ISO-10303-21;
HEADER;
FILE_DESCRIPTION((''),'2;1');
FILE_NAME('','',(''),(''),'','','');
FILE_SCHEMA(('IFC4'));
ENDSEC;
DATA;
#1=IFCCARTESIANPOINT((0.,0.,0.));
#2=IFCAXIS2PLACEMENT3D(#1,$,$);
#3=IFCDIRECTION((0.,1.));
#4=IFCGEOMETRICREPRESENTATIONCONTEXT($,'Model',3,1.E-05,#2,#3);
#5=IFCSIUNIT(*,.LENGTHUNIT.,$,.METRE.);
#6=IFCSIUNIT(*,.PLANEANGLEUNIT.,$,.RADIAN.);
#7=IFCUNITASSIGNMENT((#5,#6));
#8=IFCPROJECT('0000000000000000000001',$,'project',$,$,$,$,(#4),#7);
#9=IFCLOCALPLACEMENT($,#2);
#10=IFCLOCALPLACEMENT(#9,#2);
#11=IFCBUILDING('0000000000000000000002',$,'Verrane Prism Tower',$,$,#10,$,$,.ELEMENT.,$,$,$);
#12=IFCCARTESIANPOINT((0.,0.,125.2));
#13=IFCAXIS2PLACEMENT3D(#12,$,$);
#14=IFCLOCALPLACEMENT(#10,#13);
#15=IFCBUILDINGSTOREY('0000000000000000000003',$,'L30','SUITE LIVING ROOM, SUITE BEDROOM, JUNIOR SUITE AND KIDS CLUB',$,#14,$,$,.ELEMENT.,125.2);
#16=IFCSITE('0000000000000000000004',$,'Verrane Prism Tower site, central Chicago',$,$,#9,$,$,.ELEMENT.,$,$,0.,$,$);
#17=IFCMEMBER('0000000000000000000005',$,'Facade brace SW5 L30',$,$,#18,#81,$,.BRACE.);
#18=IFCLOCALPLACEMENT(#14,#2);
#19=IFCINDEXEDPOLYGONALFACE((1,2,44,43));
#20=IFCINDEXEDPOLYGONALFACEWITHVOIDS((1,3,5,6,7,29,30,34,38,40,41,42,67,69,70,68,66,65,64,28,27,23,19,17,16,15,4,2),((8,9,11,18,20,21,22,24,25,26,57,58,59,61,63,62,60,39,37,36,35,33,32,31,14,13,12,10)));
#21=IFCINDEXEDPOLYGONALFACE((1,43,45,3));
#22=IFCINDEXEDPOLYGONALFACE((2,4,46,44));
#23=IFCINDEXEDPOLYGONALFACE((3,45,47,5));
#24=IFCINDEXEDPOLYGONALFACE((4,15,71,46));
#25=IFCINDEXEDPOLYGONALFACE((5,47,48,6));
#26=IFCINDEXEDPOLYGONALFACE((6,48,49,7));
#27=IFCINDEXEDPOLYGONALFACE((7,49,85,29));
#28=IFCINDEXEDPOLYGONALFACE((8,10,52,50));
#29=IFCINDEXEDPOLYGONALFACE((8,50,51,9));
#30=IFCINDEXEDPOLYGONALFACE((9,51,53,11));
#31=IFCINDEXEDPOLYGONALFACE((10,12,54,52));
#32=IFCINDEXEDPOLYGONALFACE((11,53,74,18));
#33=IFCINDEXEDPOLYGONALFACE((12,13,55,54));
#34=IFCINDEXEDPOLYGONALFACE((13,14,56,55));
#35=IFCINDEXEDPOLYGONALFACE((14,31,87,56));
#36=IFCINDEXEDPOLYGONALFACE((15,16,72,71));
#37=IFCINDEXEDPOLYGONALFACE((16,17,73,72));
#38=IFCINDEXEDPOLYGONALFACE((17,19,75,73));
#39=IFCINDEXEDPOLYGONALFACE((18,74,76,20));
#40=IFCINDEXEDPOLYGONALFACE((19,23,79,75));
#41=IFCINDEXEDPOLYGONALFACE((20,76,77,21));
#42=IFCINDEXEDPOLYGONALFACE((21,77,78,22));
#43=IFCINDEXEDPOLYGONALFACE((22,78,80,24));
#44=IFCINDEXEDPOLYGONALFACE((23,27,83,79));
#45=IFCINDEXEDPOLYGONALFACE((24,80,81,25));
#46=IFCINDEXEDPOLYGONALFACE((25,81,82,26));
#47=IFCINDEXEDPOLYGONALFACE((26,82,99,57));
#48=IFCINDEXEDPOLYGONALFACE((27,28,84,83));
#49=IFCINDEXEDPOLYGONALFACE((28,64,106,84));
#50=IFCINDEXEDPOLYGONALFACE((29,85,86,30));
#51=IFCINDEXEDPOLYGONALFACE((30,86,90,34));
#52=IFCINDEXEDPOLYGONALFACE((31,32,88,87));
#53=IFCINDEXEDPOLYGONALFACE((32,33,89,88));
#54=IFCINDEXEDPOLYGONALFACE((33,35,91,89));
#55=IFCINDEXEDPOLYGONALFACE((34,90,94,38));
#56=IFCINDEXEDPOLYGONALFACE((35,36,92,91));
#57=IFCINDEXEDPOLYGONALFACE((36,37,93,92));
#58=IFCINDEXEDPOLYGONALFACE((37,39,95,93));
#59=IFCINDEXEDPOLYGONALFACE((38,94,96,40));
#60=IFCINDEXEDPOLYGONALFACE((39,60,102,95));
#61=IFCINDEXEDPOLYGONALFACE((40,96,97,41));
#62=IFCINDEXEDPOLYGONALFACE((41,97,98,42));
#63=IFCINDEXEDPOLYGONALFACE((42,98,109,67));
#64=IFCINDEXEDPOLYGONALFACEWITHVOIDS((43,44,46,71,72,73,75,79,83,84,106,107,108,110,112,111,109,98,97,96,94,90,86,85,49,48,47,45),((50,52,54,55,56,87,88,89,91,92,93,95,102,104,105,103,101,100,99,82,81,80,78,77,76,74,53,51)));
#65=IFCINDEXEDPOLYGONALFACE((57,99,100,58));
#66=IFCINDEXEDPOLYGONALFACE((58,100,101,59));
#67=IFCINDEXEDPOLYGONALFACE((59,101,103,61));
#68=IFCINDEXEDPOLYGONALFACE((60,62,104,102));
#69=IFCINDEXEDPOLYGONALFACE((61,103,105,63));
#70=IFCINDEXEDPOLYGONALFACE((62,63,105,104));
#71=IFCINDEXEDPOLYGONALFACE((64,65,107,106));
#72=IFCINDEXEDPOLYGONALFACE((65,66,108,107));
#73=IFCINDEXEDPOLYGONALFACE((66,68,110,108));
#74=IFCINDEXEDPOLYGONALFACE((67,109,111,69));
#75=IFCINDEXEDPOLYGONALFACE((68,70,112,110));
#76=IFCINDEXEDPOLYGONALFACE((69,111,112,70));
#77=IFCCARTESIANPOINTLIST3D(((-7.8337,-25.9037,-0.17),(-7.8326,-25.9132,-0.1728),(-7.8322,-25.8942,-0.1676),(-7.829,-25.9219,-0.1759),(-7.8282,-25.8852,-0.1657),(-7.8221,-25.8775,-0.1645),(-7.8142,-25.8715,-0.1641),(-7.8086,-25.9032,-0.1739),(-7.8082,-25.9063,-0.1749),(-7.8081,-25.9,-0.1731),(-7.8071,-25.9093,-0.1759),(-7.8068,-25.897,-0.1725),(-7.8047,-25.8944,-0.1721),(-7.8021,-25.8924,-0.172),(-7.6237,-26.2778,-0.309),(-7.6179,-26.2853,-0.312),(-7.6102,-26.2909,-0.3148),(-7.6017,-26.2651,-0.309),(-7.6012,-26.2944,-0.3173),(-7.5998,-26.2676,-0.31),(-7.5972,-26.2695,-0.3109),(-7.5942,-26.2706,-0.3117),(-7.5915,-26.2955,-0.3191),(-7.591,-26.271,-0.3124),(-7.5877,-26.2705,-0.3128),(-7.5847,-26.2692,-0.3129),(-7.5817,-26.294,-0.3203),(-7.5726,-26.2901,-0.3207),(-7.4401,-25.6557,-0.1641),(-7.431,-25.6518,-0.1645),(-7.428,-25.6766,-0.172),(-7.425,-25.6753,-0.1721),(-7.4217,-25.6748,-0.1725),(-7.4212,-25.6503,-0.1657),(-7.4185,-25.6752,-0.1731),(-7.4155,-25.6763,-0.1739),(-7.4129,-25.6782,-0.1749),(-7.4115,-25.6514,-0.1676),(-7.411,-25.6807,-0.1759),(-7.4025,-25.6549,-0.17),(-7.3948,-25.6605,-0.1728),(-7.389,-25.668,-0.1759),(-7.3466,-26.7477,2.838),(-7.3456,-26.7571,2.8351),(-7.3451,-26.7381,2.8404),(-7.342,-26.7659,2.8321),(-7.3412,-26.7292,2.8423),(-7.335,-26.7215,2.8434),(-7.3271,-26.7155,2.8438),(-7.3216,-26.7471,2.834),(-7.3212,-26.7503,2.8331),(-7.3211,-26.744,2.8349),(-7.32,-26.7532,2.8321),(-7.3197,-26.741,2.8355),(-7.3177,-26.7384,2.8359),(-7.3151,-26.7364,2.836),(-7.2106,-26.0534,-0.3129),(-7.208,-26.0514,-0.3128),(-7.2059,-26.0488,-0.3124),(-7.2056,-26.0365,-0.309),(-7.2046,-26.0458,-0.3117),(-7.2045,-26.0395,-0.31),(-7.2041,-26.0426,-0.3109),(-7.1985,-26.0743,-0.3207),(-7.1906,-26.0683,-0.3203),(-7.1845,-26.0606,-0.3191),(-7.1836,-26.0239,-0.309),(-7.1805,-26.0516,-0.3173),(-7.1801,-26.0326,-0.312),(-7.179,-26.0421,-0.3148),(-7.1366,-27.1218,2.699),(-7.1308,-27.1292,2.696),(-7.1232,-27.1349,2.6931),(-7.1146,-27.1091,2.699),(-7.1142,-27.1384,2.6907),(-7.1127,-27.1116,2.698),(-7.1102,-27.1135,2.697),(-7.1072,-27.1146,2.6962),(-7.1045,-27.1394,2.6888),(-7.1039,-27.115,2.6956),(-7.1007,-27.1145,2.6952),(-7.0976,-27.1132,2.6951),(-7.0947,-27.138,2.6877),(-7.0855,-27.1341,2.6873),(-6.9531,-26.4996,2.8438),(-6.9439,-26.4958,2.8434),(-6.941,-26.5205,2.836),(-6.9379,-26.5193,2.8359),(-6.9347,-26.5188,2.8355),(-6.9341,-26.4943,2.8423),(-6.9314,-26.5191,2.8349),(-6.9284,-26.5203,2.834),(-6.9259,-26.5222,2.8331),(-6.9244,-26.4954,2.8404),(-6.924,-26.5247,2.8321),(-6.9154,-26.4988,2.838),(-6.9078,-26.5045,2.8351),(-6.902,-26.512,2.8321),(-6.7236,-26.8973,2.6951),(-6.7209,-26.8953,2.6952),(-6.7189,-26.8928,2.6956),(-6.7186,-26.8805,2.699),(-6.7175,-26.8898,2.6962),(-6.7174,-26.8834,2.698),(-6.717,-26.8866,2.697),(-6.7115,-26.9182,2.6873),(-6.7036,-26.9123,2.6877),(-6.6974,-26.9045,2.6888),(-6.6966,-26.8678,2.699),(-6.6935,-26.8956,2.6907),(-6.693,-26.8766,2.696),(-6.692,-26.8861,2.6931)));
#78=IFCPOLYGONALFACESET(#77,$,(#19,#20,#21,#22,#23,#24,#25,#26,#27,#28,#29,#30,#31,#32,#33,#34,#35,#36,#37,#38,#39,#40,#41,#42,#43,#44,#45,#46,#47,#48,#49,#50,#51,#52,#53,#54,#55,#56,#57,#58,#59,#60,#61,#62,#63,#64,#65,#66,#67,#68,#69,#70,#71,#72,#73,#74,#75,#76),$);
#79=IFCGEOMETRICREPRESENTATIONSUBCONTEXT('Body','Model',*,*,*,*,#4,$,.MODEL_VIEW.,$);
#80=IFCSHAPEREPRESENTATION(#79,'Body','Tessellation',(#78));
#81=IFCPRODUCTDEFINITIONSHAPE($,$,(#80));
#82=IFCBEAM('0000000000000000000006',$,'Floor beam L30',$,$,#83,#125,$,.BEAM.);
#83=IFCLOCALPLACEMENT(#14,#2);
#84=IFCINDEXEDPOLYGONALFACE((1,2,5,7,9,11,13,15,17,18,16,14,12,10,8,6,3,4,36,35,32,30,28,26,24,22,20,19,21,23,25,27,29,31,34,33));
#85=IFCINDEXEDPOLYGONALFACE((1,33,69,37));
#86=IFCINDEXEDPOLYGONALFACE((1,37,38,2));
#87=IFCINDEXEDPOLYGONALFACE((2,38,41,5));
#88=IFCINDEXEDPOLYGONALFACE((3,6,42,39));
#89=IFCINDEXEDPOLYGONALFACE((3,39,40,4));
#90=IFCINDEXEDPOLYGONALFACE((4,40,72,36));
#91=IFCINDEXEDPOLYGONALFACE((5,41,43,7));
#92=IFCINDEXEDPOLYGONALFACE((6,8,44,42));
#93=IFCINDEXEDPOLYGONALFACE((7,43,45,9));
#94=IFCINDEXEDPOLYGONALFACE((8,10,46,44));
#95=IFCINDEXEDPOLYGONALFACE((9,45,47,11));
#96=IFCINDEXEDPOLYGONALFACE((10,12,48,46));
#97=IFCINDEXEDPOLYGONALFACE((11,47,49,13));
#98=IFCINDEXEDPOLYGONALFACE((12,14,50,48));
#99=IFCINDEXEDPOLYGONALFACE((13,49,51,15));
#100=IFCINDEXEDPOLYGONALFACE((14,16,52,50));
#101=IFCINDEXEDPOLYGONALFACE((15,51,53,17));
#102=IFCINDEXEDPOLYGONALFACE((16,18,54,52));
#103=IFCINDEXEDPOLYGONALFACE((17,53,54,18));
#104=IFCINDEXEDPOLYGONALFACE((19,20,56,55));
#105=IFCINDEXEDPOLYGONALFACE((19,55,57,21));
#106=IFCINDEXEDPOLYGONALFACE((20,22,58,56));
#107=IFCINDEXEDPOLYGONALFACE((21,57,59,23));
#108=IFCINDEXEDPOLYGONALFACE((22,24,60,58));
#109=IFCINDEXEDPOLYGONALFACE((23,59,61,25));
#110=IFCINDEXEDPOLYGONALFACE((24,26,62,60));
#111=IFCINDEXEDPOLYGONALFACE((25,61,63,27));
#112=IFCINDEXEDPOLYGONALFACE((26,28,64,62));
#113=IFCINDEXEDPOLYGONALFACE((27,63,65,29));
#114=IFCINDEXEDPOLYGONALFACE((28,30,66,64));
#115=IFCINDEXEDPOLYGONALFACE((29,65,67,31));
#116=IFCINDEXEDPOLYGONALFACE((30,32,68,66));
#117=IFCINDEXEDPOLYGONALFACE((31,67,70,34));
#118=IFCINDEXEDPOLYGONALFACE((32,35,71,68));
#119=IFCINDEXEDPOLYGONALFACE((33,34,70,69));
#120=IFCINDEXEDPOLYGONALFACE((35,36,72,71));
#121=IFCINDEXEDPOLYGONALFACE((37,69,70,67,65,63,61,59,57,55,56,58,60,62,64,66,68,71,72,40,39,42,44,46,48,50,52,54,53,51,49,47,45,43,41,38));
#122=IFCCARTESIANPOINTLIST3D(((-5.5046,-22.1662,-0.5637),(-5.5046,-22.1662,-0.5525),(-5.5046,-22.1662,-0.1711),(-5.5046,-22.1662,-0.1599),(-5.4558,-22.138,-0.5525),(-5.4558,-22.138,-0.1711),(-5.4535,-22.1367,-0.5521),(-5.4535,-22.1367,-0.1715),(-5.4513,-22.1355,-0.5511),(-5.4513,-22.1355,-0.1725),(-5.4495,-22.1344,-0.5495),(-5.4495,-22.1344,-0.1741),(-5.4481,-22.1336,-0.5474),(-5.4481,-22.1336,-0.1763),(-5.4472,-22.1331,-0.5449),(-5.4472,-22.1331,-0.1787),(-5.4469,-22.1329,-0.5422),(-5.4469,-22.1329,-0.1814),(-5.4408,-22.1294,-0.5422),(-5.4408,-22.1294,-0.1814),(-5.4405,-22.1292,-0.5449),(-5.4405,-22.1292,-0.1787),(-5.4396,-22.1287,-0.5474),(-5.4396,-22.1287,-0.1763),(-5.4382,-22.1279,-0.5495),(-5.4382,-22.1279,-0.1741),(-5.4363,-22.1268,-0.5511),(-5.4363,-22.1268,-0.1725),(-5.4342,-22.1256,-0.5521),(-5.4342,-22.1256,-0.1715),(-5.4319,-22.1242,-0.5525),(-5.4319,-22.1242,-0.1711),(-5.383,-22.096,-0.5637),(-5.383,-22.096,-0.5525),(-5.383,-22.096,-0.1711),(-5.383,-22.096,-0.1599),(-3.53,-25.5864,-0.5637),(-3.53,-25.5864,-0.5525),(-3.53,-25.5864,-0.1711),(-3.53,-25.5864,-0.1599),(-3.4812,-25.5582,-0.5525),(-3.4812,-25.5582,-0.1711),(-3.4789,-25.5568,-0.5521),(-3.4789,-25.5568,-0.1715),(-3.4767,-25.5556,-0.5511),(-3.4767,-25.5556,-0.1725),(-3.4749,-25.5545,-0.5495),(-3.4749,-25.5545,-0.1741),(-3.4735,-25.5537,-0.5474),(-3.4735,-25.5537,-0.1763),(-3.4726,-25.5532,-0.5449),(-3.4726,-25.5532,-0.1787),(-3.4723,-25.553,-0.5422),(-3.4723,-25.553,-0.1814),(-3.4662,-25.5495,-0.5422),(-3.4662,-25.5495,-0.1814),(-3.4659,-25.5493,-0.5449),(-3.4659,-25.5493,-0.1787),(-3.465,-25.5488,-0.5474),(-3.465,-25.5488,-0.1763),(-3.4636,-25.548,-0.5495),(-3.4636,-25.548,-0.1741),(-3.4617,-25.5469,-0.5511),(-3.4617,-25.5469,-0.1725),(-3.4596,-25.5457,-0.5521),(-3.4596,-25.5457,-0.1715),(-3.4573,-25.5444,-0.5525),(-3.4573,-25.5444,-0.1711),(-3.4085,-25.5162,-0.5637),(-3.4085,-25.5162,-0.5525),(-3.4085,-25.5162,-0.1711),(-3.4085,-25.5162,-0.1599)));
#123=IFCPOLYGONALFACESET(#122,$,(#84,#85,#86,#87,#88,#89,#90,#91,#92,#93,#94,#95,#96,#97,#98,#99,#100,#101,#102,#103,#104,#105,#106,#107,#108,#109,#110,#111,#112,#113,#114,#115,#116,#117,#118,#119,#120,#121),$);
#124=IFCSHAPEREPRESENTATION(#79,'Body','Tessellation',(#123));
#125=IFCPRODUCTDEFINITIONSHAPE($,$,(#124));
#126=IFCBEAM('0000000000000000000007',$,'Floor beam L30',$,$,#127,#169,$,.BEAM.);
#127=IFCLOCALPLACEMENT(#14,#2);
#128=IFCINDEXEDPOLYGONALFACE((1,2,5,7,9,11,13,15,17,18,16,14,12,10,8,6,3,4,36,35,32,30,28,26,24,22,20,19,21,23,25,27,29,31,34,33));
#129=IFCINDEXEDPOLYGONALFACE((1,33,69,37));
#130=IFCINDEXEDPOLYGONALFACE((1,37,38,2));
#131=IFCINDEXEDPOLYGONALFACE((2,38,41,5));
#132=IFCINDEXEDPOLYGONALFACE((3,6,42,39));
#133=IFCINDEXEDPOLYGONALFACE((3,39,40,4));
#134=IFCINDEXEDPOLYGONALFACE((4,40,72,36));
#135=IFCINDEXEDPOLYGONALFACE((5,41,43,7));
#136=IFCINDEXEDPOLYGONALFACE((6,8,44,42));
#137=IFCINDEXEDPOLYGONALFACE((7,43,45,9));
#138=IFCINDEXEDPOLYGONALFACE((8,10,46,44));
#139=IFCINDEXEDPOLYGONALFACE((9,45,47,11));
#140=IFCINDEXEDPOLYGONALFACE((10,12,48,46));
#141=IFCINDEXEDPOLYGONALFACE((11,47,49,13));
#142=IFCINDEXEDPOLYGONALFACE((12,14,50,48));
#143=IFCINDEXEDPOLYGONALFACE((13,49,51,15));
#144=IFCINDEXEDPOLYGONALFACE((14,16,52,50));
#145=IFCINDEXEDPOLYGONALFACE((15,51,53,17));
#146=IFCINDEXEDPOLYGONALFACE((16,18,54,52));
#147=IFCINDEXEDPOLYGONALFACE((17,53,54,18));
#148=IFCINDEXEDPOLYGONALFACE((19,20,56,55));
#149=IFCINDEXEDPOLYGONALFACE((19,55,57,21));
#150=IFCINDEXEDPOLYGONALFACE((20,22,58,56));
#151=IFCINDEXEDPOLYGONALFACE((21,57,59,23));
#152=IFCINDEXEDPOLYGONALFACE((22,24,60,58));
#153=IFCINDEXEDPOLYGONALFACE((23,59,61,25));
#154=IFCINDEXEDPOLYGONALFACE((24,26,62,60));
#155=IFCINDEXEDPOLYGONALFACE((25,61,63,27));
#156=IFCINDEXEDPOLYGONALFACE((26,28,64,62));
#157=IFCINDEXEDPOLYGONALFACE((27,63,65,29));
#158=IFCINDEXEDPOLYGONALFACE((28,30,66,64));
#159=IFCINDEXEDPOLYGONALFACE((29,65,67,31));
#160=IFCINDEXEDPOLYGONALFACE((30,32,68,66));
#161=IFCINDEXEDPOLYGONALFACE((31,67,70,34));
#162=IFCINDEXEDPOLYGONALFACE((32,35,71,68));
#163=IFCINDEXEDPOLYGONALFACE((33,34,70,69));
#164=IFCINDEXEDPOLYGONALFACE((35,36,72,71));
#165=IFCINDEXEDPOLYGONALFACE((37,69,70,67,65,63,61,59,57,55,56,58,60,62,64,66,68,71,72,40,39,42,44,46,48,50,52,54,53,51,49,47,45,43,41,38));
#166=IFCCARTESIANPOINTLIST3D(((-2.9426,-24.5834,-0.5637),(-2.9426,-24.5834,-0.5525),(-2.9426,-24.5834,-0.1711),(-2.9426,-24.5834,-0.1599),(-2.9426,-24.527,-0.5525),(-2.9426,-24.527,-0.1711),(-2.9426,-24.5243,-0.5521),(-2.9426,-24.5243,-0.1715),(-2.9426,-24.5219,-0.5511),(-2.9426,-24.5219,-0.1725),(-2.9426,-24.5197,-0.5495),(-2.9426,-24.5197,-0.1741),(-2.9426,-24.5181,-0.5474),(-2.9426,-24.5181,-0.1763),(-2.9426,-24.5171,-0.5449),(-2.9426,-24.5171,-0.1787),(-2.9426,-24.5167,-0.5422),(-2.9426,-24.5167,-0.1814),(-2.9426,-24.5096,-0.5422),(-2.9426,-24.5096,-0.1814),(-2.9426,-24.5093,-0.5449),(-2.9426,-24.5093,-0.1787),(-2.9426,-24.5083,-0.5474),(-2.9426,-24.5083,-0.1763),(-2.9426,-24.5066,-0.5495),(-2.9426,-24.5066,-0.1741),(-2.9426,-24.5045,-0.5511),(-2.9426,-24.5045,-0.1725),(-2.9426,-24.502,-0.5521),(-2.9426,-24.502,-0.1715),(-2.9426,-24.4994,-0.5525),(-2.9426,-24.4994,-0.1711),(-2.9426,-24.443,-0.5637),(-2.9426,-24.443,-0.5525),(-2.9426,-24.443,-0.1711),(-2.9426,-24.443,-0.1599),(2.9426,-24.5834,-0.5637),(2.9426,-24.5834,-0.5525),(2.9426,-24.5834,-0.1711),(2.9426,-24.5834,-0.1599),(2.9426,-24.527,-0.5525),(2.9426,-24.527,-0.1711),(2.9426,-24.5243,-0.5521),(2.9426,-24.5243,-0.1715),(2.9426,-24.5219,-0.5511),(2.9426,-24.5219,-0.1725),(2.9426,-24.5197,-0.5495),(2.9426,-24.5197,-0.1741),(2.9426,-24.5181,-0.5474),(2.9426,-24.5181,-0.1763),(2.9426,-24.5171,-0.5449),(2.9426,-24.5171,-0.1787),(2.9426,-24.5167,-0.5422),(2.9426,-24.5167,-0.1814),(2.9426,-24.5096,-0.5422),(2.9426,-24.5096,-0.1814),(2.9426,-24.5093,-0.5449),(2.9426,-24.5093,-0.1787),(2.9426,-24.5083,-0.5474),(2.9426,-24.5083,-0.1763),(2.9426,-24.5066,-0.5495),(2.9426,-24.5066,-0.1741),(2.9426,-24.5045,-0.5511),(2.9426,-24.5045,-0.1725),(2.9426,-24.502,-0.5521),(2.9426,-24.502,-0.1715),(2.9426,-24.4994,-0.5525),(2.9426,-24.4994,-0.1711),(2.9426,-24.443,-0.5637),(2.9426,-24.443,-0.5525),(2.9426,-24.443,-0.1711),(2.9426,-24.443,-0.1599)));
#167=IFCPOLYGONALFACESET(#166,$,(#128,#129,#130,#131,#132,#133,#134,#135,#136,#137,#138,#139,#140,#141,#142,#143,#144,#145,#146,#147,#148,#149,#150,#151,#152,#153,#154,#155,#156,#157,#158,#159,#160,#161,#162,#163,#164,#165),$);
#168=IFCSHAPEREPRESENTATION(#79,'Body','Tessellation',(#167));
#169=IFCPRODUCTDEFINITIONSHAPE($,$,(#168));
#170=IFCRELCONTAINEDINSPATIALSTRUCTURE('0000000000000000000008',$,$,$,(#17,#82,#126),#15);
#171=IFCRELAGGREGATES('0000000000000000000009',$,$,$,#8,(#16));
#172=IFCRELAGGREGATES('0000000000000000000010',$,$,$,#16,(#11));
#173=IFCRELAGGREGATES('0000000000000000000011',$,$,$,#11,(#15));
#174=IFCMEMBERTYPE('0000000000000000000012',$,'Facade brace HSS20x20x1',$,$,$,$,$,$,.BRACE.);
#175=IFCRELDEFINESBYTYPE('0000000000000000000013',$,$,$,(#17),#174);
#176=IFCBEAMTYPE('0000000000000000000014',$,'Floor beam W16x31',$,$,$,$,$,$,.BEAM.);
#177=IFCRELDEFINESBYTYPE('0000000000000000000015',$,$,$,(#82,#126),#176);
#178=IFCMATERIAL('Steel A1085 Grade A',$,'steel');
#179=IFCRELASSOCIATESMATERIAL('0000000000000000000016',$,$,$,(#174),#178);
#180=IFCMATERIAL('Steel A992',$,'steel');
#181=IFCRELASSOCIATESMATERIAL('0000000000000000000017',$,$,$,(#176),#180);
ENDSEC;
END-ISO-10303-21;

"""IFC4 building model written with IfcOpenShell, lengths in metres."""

from ifc_helpers import new_model, si_unit, direction, frame, origin, origin_2d, place, context, subcontext, project, spatial, hollow_rectangle, i_section, extrude, material, material_profile, profile_set, type_object, element, save


model = new_model("IFC4")

# Units and contexts
model_context = context("Model", 3, precision=1e-05, world=origin(), true_north=direction((0.0, 1.0)))
body_context = subcontext(model_context, "Body", "Model", "MODEL_VIEW")
ifc_project = project(units=[si_unit("LENGTHUNIT", "METRE"), si_unit("PLANEANGLEUNIT", "RADIAN")], contexts=[model_context])

# Site, building, storey
site_placement = place(None, origin())
site = spatial("IfcSite", under=ifc_project, at=site_placement, Name="Verrane Prism Tower site, central Chicago", CompositionType="ELEMENT", RefElevation=0.0)
building_placement = place(site_placement, origin())
building = spatial("IfcBuilding", under=site, at=building_placement, Name="Verrane Prism Tower", CompositionType="ELEMENT")
storey_placement = place(building_placement, frame((0.0, 0.0, 125.2)))
storey = spatial("IfcBuildingStorey", under=building, at=storey_placement, Name="L30", Description="SUITE LIVING ROOM, SUITE BEDROOM, JUNIOR SUITE AND KIDS CLUB", CompositionType="ELEMENT", Elevation=125.2)

# Member
ifc_material_1 = material(Name="Steel A1085 Grade A", Category="steel")
ifc_material_profile_1 = material_profile(ifc_material_1, hollow_rectangle(XDim=0.5081, YDim=0.5081, WallThickness=0.0254, InnerFilletRadius=0.0127, OuterFilletRadius=0.0381, at=origin_2d()), Name="HSS20x20x1")
ifc_profile_set_1 = profile_set([ifc_material_profile_1], Name="Steel A1085 Grade A")
member_type_1 = type_object("IfcMemberType", Name="Facade brace HSS20x20x1", PredefinedType="BRACE", material=ifc_profile_set_1)
member_1_placement = place(storey_placement, frame((-7.5063, -25.9729, -0.2424), z_axis=(0.154038, -0.266922, 0.951328), x_axis=(0.866123, 0.499831, 0.0)))
element("IfcMember", 1, at=member_1_placement, inside=storey, type_object=member_type_1, Name="Facade brace SW5 L30", PredefinedType="BRACE", context=body_context, shape_type="SweptSolid", body=[
    extrude(hollow_rectangle(XDim=0.5081, YDim=0.5081, WallThickness=0.0254, InnerFilletRadius=0.0127, OuterFilletRadius=0.0381, at=origin_2d()), origin(), (0.0, 0.0, 1.0), 3.1619),
])

# Beams
ifc_material_2 = material(Name="Steel A992", Category="steel")
ifc_material_profile_2 = material_profile(ifc_material_2, i_section(OverallWidth=0.1404, OverallDepth=0.4038, WebThickness=0.0071, FlangeThickness=0.0112, FilletRadius=0.0103, at=origin_2d()), Name="W16x31")
ifc_profile_set_2 = profile_set([ifc_material_profile_2], Name="Steel A992")
beam_type_1 = type_object("IfcBeamType", Name="Floor beam W16x31", PredefinedType="BEAM", material=ifc_profile_set_2)
beam_1_placement = place(storey_placement, frame((-3.4692, -25.5513, -0.3618), z_axis=(-0.499995, 0.866028, 0.0), x_axis=(-0.866028, -0.499995, 0.0)))
element("IfcBeam", 2, at=beam_1_placement, inside=storey, type_object=beam_type_1, Name="Floor beam L30", PredefinedType="BEAM", context=body_context, shape_type="SweptSolid", body=[
    extrude(i_section(OverallWidth=0.1404, OverallDepth=0.4038, WebThickness=0.0071, FlangeThickness=0.0112, FilletRadius=0.0103, at=origin_2d()), origin(), (0.0, 0.0, 1.0), 3.9492),
])
beam_2_placement = place(storey_placement, frame((-2.9426, -24.5132, -0.3618), z_axis=(1.0, 0.0, 0.0), x_axis=(0.0, 1.0, 0.0)))
element("IfcBeam", 3, at=beam_2_placement, inside=storey, type_object=beam_type_1, Name="Floor beam L30", PredefinedType="BEAM", context=body_context, shape_type="SweptSolid", body=[
    extrude(i_section(OverallWidth=0.1404, OverallDepth=0.4038, WebThickness=0.0071, FlangeThickness=0.0112, FilletRadius=0.0103, at=origin_2d()), origin(), (0.0, 0.0, 1.0), 5.8853),
])

save(model, "model.ifc")
